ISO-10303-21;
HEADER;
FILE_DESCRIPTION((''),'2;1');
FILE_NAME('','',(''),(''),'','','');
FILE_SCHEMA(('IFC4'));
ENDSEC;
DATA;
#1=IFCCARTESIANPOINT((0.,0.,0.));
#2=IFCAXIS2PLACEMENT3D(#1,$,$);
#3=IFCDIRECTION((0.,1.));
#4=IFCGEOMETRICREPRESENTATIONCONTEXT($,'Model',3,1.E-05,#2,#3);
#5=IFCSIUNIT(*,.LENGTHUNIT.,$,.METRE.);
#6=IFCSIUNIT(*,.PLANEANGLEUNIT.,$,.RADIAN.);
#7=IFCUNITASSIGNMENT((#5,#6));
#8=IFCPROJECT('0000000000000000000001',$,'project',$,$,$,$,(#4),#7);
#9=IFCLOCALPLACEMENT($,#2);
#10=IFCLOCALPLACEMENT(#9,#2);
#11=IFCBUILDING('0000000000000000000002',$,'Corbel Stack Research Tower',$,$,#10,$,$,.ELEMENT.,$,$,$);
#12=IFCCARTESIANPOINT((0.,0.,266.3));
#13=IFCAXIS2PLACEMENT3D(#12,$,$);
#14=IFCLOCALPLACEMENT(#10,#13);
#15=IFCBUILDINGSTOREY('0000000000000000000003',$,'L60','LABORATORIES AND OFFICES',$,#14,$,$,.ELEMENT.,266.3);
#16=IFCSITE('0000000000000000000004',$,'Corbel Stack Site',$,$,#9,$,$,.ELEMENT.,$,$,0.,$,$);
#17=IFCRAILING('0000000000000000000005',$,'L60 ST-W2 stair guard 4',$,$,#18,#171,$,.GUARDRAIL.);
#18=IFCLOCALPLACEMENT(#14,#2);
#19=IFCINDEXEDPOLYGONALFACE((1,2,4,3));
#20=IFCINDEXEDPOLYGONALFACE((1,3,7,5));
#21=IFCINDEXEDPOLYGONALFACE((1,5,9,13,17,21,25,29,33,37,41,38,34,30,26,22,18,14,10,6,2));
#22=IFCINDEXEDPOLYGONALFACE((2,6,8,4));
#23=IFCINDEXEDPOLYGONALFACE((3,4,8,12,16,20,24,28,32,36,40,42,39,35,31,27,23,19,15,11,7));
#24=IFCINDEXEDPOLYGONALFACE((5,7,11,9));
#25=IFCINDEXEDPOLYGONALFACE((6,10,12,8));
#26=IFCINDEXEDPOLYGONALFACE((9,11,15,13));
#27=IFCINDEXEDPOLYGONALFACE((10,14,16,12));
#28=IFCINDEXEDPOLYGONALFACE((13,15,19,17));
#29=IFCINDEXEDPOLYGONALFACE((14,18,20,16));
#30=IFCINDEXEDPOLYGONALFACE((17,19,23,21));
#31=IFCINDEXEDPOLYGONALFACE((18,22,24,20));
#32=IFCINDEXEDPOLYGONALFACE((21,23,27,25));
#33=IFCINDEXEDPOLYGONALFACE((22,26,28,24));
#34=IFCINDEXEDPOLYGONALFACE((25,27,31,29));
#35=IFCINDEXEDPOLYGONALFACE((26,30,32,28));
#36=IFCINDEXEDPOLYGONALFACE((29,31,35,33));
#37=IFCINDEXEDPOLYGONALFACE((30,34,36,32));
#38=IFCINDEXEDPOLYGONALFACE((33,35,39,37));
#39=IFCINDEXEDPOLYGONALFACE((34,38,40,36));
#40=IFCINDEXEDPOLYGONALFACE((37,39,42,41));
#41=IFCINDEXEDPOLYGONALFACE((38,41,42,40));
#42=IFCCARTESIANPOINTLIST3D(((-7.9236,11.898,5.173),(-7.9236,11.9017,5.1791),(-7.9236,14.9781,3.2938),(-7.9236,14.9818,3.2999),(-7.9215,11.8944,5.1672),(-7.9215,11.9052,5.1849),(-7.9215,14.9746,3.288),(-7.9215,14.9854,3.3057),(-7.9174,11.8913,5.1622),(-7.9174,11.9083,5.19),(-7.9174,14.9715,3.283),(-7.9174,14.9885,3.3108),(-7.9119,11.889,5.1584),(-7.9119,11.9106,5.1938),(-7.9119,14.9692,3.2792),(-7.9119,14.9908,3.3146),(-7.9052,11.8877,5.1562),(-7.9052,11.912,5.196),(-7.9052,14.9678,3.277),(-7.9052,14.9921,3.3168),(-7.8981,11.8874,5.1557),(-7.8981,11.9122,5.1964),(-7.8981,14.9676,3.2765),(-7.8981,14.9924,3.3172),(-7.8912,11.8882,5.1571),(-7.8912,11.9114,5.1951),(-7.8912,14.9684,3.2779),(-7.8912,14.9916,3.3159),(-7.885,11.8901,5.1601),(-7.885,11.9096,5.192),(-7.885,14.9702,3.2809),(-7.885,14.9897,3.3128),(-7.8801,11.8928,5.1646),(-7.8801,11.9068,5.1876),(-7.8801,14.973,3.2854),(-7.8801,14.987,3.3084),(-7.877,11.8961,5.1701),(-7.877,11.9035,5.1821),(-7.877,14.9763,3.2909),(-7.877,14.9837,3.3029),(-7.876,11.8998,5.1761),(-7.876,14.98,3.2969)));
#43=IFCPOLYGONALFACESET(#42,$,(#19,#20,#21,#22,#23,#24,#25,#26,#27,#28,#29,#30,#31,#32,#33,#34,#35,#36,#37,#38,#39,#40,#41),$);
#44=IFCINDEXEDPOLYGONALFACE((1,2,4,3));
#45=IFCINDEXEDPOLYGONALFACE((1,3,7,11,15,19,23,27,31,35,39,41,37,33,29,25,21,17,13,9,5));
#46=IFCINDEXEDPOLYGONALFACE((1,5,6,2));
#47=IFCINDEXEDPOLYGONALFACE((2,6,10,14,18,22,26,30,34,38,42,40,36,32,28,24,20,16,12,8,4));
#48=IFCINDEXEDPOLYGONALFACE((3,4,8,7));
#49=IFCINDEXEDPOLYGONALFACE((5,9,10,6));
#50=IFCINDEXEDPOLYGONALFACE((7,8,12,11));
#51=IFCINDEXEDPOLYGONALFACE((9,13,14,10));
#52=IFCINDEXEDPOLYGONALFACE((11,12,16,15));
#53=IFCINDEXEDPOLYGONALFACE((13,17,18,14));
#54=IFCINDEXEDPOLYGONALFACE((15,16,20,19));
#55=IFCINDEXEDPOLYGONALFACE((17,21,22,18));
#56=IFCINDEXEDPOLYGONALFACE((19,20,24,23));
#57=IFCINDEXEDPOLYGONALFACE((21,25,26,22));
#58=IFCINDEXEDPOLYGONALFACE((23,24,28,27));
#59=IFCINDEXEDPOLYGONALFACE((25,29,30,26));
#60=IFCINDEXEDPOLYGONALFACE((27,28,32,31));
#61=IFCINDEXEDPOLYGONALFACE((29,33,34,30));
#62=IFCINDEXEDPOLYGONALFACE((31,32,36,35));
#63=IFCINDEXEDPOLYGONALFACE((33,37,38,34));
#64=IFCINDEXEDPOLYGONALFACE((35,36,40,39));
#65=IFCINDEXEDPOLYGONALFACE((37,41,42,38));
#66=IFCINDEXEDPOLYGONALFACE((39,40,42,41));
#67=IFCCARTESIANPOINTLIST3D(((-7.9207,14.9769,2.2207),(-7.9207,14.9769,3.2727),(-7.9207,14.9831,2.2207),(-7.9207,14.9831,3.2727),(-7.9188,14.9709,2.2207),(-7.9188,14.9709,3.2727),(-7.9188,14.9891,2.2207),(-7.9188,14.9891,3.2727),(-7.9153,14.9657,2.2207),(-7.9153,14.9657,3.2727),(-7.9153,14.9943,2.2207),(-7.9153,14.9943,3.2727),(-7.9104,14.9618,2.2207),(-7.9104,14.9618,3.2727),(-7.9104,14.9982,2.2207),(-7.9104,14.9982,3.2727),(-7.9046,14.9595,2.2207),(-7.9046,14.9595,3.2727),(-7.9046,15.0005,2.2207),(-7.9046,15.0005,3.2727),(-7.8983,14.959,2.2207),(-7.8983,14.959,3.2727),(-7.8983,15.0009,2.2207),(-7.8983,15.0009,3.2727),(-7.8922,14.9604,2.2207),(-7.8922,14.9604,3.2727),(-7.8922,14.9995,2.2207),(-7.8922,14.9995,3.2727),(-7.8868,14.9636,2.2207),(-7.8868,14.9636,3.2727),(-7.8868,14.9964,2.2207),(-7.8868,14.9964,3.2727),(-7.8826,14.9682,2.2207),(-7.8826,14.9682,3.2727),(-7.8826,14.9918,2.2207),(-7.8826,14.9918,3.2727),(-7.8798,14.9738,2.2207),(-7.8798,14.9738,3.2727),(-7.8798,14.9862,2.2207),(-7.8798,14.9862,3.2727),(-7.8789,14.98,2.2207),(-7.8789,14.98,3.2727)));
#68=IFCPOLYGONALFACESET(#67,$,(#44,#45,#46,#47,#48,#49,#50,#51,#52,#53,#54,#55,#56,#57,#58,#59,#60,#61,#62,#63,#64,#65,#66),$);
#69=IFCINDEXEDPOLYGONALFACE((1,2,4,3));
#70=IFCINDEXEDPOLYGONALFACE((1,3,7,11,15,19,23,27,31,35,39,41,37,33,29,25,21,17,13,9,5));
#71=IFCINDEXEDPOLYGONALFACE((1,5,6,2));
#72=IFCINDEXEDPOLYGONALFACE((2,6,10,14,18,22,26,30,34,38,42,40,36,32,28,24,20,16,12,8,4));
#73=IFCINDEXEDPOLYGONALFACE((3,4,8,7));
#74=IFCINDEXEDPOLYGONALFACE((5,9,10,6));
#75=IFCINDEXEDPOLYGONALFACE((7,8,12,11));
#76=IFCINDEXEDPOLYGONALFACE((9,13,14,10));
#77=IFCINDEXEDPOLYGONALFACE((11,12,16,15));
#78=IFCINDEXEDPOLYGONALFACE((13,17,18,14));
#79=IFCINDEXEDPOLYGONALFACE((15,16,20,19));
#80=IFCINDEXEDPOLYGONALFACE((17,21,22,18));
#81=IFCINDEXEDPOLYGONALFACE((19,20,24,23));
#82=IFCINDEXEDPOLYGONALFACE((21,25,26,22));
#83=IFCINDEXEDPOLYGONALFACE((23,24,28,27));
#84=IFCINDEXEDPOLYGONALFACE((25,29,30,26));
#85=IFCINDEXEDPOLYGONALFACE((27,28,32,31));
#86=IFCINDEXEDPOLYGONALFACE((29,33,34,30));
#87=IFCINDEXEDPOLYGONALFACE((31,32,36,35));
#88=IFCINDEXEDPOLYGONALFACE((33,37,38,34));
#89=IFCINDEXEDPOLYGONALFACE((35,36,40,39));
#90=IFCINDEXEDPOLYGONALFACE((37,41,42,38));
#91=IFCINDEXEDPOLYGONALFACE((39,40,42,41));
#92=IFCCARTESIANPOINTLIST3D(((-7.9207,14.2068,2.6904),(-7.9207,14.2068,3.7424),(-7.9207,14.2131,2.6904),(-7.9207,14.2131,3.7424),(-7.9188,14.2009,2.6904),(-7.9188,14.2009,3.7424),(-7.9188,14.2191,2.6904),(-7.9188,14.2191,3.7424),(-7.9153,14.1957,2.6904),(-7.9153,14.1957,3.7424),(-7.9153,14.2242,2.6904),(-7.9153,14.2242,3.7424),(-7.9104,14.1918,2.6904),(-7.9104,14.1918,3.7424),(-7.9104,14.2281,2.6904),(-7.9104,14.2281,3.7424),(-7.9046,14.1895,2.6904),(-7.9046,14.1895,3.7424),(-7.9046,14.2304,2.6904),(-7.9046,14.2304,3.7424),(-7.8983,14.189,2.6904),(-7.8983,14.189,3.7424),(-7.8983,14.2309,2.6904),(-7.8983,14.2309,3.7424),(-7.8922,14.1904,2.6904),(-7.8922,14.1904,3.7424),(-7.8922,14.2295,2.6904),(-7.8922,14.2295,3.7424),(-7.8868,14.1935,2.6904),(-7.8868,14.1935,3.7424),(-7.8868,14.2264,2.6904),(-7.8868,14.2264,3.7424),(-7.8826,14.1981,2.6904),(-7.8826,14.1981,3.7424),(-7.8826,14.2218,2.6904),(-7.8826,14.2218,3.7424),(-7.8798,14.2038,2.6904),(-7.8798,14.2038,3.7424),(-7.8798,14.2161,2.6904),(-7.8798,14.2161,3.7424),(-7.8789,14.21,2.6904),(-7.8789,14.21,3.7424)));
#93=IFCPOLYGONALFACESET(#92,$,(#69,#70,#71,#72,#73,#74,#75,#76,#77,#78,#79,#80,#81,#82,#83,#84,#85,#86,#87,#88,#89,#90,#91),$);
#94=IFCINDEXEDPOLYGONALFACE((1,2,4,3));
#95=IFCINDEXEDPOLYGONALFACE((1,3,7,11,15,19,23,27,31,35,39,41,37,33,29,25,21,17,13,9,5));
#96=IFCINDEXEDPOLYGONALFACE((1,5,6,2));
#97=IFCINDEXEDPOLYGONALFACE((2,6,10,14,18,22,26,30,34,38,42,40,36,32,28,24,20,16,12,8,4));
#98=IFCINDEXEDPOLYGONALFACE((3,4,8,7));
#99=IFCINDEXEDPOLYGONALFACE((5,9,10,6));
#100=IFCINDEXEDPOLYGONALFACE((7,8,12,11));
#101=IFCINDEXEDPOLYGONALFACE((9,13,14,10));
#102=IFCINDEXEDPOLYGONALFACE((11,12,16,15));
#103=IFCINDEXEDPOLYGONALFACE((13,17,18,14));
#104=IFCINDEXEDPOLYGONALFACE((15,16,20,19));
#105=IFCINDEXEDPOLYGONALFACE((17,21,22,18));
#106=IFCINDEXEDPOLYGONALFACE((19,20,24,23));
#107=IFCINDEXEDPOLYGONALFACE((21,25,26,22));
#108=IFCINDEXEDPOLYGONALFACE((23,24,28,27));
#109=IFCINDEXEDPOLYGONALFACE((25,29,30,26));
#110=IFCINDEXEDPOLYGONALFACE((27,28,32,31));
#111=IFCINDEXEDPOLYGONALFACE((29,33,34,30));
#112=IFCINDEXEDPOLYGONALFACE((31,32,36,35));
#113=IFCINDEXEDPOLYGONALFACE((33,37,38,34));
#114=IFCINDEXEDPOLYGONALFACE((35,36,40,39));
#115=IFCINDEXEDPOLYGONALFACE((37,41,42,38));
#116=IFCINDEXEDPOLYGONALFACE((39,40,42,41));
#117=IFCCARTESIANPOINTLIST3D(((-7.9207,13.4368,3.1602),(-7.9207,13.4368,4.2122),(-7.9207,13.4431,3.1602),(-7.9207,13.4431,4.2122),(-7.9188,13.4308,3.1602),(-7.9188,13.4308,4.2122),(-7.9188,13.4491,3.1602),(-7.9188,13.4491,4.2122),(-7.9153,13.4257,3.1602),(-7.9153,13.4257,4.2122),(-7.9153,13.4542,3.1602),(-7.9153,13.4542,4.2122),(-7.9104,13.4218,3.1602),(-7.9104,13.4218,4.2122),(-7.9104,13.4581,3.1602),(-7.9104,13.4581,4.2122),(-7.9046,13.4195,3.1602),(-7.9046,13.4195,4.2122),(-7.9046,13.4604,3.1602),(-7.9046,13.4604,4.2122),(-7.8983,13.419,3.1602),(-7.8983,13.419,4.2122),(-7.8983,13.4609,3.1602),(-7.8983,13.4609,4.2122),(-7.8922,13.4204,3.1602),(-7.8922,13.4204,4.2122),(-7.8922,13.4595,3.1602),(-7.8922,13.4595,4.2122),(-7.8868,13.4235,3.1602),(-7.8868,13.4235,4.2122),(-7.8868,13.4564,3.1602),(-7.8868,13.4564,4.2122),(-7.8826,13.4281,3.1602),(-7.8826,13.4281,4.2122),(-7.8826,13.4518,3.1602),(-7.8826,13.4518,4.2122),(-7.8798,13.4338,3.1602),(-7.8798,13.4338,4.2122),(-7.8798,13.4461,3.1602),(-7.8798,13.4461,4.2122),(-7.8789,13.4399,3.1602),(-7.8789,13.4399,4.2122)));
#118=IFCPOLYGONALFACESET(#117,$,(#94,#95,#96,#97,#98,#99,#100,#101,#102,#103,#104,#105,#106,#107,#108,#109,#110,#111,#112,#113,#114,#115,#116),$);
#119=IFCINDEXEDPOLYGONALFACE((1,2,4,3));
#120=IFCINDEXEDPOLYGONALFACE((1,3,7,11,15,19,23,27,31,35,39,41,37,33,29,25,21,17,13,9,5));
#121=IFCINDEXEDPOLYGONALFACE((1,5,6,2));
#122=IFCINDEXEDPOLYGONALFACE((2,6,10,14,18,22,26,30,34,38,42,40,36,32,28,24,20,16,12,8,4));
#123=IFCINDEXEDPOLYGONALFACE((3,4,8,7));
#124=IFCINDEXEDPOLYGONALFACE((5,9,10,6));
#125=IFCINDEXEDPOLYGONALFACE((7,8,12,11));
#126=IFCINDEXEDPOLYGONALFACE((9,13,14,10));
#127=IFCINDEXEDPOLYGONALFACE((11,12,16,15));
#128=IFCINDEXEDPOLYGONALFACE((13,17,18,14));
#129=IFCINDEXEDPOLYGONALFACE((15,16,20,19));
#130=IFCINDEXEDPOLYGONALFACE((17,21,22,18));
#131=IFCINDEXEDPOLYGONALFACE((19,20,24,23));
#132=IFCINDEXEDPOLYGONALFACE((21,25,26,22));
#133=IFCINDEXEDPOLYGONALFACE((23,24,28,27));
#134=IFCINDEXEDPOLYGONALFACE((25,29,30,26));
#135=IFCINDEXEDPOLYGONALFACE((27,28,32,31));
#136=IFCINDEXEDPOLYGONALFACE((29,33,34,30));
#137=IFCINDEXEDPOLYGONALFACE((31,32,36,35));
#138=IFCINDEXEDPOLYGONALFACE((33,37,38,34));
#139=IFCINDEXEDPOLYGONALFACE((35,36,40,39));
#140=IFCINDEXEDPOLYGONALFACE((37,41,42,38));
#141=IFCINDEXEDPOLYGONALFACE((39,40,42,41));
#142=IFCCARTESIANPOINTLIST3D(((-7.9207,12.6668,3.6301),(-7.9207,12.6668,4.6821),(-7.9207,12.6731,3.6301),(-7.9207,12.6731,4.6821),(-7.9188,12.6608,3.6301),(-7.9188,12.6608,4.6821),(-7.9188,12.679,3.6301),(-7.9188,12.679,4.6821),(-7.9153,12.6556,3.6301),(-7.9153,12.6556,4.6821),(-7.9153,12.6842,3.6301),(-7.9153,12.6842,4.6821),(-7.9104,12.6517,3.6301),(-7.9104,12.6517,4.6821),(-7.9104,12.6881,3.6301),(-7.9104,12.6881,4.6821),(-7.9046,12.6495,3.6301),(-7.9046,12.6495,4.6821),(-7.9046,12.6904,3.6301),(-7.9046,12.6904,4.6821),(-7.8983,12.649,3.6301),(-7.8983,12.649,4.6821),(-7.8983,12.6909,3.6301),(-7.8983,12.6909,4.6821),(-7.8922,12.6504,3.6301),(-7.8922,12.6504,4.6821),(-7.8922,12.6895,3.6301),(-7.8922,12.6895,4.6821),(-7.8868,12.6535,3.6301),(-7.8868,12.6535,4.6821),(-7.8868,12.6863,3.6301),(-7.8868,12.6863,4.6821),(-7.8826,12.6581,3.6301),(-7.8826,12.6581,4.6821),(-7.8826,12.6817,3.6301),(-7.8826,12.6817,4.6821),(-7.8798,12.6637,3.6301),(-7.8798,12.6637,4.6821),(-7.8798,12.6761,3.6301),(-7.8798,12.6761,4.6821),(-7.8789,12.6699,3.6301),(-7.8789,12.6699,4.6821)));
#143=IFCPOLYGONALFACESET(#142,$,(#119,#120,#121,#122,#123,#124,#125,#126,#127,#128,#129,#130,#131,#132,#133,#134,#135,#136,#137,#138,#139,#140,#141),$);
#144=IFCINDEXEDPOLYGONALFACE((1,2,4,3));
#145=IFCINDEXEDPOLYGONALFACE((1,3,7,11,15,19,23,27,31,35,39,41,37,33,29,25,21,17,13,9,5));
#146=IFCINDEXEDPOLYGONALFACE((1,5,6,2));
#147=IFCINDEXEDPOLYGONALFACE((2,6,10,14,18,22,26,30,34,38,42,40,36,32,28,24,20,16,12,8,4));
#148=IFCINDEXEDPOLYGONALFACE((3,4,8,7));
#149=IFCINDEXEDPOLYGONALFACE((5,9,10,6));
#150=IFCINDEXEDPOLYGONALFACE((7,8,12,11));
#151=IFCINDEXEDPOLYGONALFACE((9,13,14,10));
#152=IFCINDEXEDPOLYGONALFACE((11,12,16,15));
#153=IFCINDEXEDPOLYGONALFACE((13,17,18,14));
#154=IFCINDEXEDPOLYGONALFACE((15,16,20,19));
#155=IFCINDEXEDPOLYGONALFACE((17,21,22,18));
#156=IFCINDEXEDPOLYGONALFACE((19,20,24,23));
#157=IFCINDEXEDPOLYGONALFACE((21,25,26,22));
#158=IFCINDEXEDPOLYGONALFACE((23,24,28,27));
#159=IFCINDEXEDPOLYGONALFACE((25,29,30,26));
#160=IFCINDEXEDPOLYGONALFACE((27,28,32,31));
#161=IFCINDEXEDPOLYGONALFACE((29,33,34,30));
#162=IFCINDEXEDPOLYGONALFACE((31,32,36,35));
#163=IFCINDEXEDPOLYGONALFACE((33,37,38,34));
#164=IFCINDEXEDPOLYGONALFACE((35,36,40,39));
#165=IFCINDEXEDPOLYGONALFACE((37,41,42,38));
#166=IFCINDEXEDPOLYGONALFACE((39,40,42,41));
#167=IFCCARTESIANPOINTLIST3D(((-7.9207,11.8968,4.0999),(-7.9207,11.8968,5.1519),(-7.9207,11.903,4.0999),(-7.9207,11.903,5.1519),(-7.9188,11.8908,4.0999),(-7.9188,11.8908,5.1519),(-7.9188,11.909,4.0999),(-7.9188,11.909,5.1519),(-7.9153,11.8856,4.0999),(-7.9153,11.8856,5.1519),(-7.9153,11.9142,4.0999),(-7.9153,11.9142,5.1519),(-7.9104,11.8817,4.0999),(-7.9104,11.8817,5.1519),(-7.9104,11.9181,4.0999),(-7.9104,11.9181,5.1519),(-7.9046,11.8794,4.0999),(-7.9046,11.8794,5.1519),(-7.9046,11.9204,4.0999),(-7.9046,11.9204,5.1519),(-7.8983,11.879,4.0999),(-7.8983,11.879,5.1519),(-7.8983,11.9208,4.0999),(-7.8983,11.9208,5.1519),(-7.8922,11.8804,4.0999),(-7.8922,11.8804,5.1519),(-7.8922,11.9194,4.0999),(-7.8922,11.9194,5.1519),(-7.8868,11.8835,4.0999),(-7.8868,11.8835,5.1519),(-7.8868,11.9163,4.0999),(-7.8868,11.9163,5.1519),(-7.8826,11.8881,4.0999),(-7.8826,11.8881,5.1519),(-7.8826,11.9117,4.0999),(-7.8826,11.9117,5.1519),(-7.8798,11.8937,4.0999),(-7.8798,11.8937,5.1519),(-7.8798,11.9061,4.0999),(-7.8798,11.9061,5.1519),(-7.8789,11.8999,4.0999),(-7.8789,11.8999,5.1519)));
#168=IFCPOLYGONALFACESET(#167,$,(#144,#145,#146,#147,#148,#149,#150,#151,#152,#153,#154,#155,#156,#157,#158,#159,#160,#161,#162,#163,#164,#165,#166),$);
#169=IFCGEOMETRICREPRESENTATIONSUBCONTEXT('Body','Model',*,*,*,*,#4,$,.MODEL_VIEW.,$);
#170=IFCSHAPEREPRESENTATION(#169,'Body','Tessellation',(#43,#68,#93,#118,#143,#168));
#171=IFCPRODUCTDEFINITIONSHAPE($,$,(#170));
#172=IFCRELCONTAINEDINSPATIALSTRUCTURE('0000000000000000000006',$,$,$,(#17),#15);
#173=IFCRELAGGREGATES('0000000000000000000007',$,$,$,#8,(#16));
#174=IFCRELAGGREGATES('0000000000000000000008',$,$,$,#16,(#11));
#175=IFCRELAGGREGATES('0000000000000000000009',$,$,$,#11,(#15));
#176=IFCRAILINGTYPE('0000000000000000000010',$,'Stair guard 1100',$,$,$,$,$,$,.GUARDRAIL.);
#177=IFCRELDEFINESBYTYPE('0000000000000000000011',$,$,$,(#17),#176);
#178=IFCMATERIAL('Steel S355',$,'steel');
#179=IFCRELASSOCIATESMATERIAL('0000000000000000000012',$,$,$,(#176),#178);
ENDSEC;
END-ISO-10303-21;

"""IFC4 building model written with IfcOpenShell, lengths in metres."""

from ifc_helpers import new_model, si_unit, direction, frame, origin, origin_2d, place, context, subcontext, project, spatial, circle, extrude, material, type_object, element, save


model = new_model("IFC4")

# Units and contexts
model_context = context("Model", 3, precision=1e-05, world=origin(), true_north=direction((0.0, 1.0)))
body_context = subcontext(model_context, "Body", "Model", "MODEL_VIEW")
ifc_project = project(units=[si_unit("LENGTHUNIT", "METRE"), si_unit("PLANEANGLEUNIT", "RADIAN")], contexts=[model_context])

# Site, building, storey
site_placement = place(None, origin())
site = spatial("IfcSite", under=ifc_project, at=site_placement, Name="Corbel Stack Site", CompositionType="ELEMENT", RefElevation=0.0)
building_placement = place(site_placement, origin())
building = spatial("IfcBuilding", under=site, at=building_placement, Name="Corbel Stack Research Tower", CompositionType="ELEMENT")
storey_placement = place(building_placement, frame((0.0, 0.0, 266.3)))
storey = spatial("IfcBuildingStorey", under=building, at=storey_placement, Name="L60", Description="LABORATORIES AND OFFICES", CompositionType="ELEMENT", Elevation=266.3)

# Railing
ifc_material_1 = material(Name="Steel S355", Category="steel")
railing_type_1 = type_object("IfcRailingType", Name="Stair guard 1100", PredefinedType="GUARDRAIL", material=ifc_material_1)
railing_1_placement = place(storey_placement, frame((-7.8999, 14.98, 2.2207)))
element("IfcRailing", 1, at=railing_1_placement, inside=storey, type_object=railing_type_1, Name="L60 ST-W2 stair guard 4", PredefinedType="GUARDRAIL", context=body_context, shape_type="SweptSolid", body=[
    extrude(circle(Radius=0.0239, at=origin_2d()), frame((0.0, 0.0, 1.0762), z_axis=(0.0, -0.853666, 0.52082), x_axis=(1.0, 0.0, 0.0)), (0.0, 0.0, 1.0), 3.6082),
    extrude(circle(Radius=0.021, at=origin_2d()), origin(), (0.0, 0.0, 1.0), 1.052),
    extrude(circle(Radius=0.021, at=origin_2d()), frame((0.0, -0.77, 0.4697)), (0.0, 0.0, 1.0), 1.052),
    extrude(circle(Radius=0.021, at=origin_2d()), frame((0.0, -1.54, 0.9395)), (0.0, 0.0, 1.0), 1.052),
    extrude(circle(Radius=0.021, at=origin_2d()), frame((0.0, -2.3101, 1.4094)), (0.0, 0.0, 1.0), 1.052),
    extrude(circle(Radius=0.021, at=origin_2d()), frame((0.0, -3.0801, 1.8792)), (0.0, 0.0, 1.0), 1.052),
])

save(model, "model.ifc")
